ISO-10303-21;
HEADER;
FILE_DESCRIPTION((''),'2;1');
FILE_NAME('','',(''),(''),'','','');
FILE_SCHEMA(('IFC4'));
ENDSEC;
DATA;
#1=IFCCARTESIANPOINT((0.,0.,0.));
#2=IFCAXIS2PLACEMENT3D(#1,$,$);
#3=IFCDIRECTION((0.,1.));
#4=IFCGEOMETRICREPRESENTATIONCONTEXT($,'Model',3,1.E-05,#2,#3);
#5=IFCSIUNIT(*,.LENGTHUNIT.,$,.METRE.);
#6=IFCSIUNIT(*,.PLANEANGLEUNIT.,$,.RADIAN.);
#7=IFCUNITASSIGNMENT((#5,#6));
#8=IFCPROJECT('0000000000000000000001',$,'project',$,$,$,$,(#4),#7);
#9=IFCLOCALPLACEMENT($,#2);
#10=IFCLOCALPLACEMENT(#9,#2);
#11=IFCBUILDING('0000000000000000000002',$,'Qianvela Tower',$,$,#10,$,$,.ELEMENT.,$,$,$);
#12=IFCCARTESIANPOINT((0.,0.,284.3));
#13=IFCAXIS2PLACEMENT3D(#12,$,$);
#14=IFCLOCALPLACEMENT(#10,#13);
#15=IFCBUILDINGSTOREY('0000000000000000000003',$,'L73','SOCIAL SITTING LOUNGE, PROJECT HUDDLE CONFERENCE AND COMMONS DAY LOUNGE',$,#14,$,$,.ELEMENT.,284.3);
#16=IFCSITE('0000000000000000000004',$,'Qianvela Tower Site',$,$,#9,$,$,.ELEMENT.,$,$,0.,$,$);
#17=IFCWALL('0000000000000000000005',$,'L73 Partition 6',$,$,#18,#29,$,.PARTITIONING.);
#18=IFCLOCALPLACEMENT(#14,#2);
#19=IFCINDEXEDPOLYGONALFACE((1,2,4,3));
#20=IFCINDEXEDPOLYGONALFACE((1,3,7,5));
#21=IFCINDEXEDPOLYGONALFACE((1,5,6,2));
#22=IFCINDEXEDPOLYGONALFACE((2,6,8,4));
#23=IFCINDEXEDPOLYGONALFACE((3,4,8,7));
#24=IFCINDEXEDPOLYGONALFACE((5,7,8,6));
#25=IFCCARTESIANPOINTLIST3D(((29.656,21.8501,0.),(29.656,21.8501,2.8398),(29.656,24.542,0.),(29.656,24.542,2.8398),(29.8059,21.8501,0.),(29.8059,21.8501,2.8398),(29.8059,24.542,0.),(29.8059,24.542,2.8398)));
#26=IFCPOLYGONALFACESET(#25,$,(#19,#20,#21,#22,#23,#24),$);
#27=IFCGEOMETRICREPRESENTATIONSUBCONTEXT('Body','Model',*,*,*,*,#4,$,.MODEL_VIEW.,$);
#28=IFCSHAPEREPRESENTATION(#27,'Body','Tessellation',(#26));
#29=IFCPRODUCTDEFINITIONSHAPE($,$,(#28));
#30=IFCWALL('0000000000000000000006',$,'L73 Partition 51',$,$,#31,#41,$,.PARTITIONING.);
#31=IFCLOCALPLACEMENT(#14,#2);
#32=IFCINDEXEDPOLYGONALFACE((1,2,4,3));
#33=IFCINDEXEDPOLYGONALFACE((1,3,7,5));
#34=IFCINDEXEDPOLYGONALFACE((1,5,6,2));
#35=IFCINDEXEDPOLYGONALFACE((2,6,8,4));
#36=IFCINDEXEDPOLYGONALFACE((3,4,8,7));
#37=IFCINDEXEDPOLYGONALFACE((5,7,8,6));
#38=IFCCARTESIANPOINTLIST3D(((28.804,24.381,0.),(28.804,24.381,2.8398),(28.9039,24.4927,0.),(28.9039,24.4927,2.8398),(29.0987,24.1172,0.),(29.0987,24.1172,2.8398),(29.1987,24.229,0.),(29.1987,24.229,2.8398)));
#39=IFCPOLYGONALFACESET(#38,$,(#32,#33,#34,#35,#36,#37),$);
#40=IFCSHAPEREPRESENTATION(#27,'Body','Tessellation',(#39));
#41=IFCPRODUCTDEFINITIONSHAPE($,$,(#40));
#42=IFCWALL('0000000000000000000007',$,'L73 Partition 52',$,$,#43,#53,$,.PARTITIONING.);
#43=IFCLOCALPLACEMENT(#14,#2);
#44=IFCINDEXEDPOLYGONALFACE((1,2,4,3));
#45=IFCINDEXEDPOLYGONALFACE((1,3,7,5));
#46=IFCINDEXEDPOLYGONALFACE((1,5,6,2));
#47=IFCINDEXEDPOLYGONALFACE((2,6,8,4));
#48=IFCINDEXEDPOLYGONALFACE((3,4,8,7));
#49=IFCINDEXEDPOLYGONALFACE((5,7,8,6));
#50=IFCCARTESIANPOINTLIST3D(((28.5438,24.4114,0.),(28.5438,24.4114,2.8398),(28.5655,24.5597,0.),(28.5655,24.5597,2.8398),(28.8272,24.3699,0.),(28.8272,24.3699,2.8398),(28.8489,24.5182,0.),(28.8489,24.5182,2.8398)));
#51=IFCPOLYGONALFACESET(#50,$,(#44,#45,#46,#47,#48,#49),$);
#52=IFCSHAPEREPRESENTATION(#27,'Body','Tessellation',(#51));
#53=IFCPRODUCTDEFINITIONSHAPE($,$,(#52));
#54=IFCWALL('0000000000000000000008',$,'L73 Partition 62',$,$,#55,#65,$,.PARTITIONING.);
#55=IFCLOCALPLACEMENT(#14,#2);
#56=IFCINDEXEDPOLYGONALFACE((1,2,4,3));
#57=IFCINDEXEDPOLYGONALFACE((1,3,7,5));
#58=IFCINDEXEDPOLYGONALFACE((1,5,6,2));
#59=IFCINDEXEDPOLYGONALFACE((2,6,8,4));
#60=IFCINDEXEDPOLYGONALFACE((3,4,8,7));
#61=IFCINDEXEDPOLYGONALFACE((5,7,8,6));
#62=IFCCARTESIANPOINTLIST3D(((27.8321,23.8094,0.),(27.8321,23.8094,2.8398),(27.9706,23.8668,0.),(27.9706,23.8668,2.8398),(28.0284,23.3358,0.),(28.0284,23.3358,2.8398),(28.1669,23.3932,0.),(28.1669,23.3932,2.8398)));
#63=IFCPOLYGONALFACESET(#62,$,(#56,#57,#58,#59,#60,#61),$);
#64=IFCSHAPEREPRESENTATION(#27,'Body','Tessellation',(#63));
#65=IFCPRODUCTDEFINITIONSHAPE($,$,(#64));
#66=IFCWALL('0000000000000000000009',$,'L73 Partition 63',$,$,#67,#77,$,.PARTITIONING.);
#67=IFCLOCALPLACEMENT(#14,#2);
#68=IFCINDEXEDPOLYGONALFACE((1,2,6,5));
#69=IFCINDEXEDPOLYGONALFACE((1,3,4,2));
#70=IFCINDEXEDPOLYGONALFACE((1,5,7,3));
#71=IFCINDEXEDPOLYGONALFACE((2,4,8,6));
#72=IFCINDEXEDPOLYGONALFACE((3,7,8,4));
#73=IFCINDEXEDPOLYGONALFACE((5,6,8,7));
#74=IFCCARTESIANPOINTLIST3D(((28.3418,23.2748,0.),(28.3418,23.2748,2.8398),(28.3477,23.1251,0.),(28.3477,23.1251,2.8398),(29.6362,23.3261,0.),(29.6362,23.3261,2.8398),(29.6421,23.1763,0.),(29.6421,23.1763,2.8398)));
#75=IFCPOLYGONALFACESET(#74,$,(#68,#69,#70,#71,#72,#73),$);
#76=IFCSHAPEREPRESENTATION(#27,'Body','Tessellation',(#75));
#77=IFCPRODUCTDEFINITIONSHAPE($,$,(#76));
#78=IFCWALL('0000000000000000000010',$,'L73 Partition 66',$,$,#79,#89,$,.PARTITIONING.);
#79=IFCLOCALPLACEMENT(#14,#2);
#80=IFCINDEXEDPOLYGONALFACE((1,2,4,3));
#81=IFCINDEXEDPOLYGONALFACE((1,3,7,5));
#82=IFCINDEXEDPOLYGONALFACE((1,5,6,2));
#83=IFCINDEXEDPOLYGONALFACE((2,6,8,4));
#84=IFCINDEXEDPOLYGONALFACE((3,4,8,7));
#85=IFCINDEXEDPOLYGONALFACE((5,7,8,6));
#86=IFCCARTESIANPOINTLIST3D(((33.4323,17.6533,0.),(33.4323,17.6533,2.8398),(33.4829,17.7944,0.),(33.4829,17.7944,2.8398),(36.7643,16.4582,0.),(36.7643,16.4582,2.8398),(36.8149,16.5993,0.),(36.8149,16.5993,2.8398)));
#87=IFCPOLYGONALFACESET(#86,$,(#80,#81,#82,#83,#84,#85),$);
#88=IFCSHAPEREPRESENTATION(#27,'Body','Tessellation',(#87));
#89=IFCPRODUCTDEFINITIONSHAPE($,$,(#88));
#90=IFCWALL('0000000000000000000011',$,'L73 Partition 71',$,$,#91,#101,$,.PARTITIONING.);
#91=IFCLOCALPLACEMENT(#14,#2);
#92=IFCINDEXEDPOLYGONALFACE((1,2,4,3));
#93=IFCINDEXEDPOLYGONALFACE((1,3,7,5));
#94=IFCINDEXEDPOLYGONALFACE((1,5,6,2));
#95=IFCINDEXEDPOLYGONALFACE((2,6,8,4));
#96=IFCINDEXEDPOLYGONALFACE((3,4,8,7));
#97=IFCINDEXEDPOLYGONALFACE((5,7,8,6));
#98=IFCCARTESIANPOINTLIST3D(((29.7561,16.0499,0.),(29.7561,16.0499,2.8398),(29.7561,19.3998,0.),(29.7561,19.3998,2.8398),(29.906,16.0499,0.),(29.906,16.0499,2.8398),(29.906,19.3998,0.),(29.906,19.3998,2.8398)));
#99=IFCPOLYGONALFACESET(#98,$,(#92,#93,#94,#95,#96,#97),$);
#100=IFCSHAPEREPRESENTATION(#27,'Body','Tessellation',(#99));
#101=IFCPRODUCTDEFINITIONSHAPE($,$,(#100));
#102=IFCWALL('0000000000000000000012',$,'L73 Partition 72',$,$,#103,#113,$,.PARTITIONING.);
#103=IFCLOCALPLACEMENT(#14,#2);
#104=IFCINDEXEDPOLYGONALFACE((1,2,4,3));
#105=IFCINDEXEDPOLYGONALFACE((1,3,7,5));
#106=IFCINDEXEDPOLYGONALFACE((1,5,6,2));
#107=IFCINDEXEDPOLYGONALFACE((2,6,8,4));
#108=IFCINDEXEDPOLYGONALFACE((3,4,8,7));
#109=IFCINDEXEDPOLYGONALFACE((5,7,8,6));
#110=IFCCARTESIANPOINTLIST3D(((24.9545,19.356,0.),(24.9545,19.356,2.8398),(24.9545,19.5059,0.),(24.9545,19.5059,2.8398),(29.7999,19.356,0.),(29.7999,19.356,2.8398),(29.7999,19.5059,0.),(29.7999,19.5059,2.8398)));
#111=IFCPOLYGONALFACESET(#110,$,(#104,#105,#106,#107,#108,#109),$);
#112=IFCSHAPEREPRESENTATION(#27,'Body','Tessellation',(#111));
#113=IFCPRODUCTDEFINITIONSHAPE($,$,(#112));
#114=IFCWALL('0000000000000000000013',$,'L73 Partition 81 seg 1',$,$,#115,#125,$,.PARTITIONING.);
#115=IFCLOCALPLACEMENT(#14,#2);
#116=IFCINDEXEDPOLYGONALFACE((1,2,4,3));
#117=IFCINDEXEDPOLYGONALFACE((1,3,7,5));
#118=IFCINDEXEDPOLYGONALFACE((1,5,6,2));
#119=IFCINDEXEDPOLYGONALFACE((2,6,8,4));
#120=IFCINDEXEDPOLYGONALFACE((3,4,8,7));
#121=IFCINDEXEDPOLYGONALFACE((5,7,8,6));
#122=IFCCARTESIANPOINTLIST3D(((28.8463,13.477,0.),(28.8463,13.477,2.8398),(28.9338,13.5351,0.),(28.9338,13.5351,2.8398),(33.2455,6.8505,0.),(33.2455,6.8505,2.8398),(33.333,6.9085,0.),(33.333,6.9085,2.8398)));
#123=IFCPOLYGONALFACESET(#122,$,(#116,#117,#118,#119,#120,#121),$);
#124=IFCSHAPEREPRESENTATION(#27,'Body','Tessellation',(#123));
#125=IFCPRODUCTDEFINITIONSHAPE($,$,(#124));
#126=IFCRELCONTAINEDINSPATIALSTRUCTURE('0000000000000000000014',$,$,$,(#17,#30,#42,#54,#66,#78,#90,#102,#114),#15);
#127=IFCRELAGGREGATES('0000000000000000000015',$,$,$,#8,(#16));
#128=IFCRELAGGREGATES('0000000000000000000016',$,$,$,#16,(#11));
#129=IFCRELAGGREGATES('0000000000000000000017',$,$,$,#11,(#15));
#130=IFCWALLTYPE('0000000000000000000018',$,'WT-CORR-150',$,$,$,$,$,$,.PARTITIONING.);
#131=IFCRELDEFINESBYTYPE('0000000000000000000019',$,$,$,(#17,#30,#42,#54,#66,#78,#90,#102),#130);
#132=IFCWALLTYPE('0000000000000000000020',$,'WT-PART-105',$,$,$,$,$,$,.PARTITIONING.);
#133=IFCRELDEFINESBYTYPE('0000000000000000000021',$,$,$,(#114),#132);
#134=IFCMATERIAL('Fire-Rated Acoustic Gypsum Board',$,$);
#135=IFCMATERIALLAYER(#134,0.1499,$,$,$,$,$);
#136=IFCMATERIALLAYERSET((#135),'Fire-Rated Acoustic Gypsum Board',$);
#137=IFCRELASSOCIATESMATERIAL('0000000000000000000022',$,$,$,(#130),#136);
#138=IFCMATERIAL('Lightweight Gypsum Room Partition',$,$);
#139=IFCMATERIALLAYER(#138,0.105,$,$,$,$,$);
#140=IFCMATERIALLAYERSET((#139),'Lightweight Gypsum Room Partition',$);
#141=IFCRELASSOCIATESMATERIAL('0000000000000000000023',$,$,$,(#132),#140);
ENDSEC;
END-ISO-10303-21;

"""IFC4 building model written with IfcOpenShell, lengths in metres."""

from ifc_helpers import new_model, si_unit, direction, frame, frame_2d, origin, place, context, subcontext, project, spatial, rectangle, extrude, material, layer, layer_set, type_object, element, save


model = new_model("IFC4")

# Units and contexts
model_context = context("Model", 3, precision=1e-05, world=origin(), true_north=direction((0.0, 1.0)))
body_context = subcontext(model_context, "Body", "Model", "MODEL_VIEW")
ifc_project = project(units=[si_unit("LENGTHUNIT", "METRE"), si_unit("PLANEANGLEUNIT", "RADIAN")], contexts=[model_context])

# Site, building, storey
site_placement = place(None, origin())
site = spatial("IfcSite", under=ifc_project, at=site_placement, Name="Qianvela Tower Site", CompositionType="ELEMENT", RefElevation=0.0)
building_placement = place(site_placement, origin())
building = spatial("IfcBuilding", under=site, at=building_placement, Name="Qianvela Tower", CompositionType="ELEMENT")
storey_placement = place(building_placement, frame((0.0, 0.0, 284.3)))
storey = spatial("IfcBuildingStorey", under=building, at=storey_placement, Name="L73", Description="SOCIAL SITTING LOUNGE, PROJECT HUDDLE CONFERENCE AND COMMONS DAY LOUNGE", CompositionType="ELEMENT", Elevation=284.3)

# Shared definitions
ifc_material_1 = material(Name="Fire-Rated Acoustic Gypsum Board")
ifc_layer_1 = layer(ifc_material_1, 0.1499)
ifc_layer_set_1 = layer_set([ifc_layer_1], Name="Fire-Rated Acoustic Gypsum Board")
wall_type_1 = type_object("IfcWallType", Name="WT-CORR-150", PredefinedType="PARTITIONING", material=ifc_layer_set_1)

# Walls
wall_1_placement = place(storey_placement, frame((29.731, 21.8501, 0.0), z_axis=(0.0, 0.0, 1.0), x_axis=(0.0, 1.0, 0.0)))
element("IfcWall", 1, at=wall_1_placement, inside=storey, type_object=wall_type_1, Name="L73 Partition 6", PredefinedType="PARTITIONING", context=body_context, shape_type="SweptSolid", body=[
    extrude(rectangle(XDim=2.6919, YDim=0.1499, at=frame_2d((1.3459, 0.0))), origin(), (0.0, 0.0, 1.0), 2.8398),
])
wall_2_placement = place(storey_placement, frame((29.1487, 24.1731, 0.0), z_axis=(0.0, 0.0, 1.0), x_axis=(-0.745225, 0.666813, 0.0)))
element("IfcWall", 2, at=wall_2_placement, inside=storey, type_object=wall_type_1, Name="L73 Partition 51", PredefinedType="PARTITIONING", context=body_context, shape_type="SweptSolid", body=[
    extrude(rectangle(XDim=0.3955, YDim=0.1499, at=frame_2d((0.1978, 0.0))), origin(), (0.0, 0.0, 1.0), 2.8398),
])
wall_3_placement = place(storey_placement, frame((28.8379, 24.4441, 0.0), z_axis=(0.0, 0.0, 1.0), x_axis=(-0.989449, 0.144881, 0.0)))
element("IfcWall", 3, at=wall_3_placement, inside=storey, type_object=wall_type_1, Name="L73 Partition 52", PredefinedType="PARTITIONING", context=body_context, shape_type="SweptSolid", body=[
    extrude(rectangle(XDim=0.2864, YDim=0.1499, at=frame_2d((0.1431, 0.0))), origin(), (0.0, 0.0, 1.0), 2.8398),
])
wall_4_placement = place(storey_placement, frame((27.9014, 23.8381, 0.0), z_axis=(0.0, 0.0, 1.0), x_axis=(0.382856, -0.923808, 0.0)))
element("IfcWall", 4, at=wall_4_placement, inside=storey, type_object=wall_type_1, Name="L73 Partition 62", PredefinedType="PARTITIONING", context=body_context, shape_type="SweptSolid", body=[
    extrude(rectangle(XDim=0.5127, YDim=0.1499, at=frame_2d((0.2563, 0.0))), origin(), (0.0, 0.0, 1.0), 2.8398),
])
wall_5_placement = place(storey_placement, frame((28.3447, 23.2, 0.0), z_axis=(0.0, 0.0, 1.0), x_axis=(0.999217, 0.039577, 0.0)))
element("IfcWall", 5, at=wall_5_placement, inside=storey, type_object=wall_type_1, Name="L73 Partition 63", PredefinedType="PARTITIONING", context=body_context, shape_type="SweptSolid", body=[
    extrude(rectangle(XDim=1.2954, YDim=0.1499, at=frame_2d((0.6477, 0.0))), origin(), (0.0, 0.0, 1.0), 2.8398),
])
wall_6_placement = place(storey_placement, frame((33.4575, 17.7239, 0.0), z_axis=(0.0, 0.0, 1.0), x_axis=(0.941289, -0.337603, 0.0)))
element("IfcWall", 6, at=wall_6_placement, inside=storey, type_object=wall_type_1, Name="L73 Partition 66", PredefinedType="PARTITIONING", context=body_context, shape_type="SweptSolid", body=[
    extrude(rectangle(XDim=3.5398, YDim=0.1499, at=frame_2d((1.77, 0.0))), origin(), (0.0, 0.0, 1.0), 2.8398),
])
wall_7_placement = place(storey_placement, frame((29.8311, 16.05, 0.0), z_axis=(0.0, 0.0, 1.0), x_axis=(0.0, 1.0, 0.0)))
element("IfcWall", 7, at=wall_7_placement, inside=storey, type_object=wall_type_1, Name="L73 Partition 71", PredefinedType="PARTITIONING", context=body_context, shape_type="SweptSolid", body=[
    extrude(rectangle(XDim=3.3499, YDim=0.1499, at=frame_2d((1.6748, 0.0))), origin(), (0.0, 0.0, 1.0), 2.8398),
])
wall_8_placement = place(storey_placement, frame((29.8, 19.4309, 0.0), z_axis=(0.0, 0.0, 1.0), x_axis=(-1.0, 0.0, 0.0)))
element("IfcWall", 8, at=wall_8_placement, inside=storey, type_object=wall_type_1, Name="L73 Partition 72", PredefinedType="PARTITIONING", context=body_context, shape_type="SweptSolid", body=[
    extrude(rectangle(XDim=4.8455, YDim=0.1499, at=frame_2d((2.4229, 0.0))), origin(), (0.0, 0.0, 1.0), 2.8398),
])
ifc_material_2 = material(Name="Lightweight Gypsum Room Partition")
ifc_layer_2 = layer(ifc_material_2, 0.105)
ifc_layer_set_2 = layer_set([ifc_layer_2], Name="Lightweight Gypsum Room Partition")
wall_type_2 = type_object("IfcWallType", Name="WT-PART-105", PredefinedType="PARTITIONING", material=ifc_layer_set_2)
wall_9_placement = place(storey_placement, frame((33.2893, 6.8794, 0.0), z_axis=(0.0, 0.0, 1.0), x_axis=(-0.553091, 0.833121, 0.0)))
element("IfcWall", 9, at=wall_9_placement, inside=storey, type_object=wall_type_2, Name="L73 Partition 81 seg 1", PredefinedType="PARTITIONING", context=body_context, shape_type="SweptSolid", body=[
    extrude(rectangle(XDim=7.9539, YDim=0.105, at=frame_2d((3.9771, 0.0))), origin(), (0.0, 0.0, 1.0), 2.8398),
])

save(model, "model.ifc")
